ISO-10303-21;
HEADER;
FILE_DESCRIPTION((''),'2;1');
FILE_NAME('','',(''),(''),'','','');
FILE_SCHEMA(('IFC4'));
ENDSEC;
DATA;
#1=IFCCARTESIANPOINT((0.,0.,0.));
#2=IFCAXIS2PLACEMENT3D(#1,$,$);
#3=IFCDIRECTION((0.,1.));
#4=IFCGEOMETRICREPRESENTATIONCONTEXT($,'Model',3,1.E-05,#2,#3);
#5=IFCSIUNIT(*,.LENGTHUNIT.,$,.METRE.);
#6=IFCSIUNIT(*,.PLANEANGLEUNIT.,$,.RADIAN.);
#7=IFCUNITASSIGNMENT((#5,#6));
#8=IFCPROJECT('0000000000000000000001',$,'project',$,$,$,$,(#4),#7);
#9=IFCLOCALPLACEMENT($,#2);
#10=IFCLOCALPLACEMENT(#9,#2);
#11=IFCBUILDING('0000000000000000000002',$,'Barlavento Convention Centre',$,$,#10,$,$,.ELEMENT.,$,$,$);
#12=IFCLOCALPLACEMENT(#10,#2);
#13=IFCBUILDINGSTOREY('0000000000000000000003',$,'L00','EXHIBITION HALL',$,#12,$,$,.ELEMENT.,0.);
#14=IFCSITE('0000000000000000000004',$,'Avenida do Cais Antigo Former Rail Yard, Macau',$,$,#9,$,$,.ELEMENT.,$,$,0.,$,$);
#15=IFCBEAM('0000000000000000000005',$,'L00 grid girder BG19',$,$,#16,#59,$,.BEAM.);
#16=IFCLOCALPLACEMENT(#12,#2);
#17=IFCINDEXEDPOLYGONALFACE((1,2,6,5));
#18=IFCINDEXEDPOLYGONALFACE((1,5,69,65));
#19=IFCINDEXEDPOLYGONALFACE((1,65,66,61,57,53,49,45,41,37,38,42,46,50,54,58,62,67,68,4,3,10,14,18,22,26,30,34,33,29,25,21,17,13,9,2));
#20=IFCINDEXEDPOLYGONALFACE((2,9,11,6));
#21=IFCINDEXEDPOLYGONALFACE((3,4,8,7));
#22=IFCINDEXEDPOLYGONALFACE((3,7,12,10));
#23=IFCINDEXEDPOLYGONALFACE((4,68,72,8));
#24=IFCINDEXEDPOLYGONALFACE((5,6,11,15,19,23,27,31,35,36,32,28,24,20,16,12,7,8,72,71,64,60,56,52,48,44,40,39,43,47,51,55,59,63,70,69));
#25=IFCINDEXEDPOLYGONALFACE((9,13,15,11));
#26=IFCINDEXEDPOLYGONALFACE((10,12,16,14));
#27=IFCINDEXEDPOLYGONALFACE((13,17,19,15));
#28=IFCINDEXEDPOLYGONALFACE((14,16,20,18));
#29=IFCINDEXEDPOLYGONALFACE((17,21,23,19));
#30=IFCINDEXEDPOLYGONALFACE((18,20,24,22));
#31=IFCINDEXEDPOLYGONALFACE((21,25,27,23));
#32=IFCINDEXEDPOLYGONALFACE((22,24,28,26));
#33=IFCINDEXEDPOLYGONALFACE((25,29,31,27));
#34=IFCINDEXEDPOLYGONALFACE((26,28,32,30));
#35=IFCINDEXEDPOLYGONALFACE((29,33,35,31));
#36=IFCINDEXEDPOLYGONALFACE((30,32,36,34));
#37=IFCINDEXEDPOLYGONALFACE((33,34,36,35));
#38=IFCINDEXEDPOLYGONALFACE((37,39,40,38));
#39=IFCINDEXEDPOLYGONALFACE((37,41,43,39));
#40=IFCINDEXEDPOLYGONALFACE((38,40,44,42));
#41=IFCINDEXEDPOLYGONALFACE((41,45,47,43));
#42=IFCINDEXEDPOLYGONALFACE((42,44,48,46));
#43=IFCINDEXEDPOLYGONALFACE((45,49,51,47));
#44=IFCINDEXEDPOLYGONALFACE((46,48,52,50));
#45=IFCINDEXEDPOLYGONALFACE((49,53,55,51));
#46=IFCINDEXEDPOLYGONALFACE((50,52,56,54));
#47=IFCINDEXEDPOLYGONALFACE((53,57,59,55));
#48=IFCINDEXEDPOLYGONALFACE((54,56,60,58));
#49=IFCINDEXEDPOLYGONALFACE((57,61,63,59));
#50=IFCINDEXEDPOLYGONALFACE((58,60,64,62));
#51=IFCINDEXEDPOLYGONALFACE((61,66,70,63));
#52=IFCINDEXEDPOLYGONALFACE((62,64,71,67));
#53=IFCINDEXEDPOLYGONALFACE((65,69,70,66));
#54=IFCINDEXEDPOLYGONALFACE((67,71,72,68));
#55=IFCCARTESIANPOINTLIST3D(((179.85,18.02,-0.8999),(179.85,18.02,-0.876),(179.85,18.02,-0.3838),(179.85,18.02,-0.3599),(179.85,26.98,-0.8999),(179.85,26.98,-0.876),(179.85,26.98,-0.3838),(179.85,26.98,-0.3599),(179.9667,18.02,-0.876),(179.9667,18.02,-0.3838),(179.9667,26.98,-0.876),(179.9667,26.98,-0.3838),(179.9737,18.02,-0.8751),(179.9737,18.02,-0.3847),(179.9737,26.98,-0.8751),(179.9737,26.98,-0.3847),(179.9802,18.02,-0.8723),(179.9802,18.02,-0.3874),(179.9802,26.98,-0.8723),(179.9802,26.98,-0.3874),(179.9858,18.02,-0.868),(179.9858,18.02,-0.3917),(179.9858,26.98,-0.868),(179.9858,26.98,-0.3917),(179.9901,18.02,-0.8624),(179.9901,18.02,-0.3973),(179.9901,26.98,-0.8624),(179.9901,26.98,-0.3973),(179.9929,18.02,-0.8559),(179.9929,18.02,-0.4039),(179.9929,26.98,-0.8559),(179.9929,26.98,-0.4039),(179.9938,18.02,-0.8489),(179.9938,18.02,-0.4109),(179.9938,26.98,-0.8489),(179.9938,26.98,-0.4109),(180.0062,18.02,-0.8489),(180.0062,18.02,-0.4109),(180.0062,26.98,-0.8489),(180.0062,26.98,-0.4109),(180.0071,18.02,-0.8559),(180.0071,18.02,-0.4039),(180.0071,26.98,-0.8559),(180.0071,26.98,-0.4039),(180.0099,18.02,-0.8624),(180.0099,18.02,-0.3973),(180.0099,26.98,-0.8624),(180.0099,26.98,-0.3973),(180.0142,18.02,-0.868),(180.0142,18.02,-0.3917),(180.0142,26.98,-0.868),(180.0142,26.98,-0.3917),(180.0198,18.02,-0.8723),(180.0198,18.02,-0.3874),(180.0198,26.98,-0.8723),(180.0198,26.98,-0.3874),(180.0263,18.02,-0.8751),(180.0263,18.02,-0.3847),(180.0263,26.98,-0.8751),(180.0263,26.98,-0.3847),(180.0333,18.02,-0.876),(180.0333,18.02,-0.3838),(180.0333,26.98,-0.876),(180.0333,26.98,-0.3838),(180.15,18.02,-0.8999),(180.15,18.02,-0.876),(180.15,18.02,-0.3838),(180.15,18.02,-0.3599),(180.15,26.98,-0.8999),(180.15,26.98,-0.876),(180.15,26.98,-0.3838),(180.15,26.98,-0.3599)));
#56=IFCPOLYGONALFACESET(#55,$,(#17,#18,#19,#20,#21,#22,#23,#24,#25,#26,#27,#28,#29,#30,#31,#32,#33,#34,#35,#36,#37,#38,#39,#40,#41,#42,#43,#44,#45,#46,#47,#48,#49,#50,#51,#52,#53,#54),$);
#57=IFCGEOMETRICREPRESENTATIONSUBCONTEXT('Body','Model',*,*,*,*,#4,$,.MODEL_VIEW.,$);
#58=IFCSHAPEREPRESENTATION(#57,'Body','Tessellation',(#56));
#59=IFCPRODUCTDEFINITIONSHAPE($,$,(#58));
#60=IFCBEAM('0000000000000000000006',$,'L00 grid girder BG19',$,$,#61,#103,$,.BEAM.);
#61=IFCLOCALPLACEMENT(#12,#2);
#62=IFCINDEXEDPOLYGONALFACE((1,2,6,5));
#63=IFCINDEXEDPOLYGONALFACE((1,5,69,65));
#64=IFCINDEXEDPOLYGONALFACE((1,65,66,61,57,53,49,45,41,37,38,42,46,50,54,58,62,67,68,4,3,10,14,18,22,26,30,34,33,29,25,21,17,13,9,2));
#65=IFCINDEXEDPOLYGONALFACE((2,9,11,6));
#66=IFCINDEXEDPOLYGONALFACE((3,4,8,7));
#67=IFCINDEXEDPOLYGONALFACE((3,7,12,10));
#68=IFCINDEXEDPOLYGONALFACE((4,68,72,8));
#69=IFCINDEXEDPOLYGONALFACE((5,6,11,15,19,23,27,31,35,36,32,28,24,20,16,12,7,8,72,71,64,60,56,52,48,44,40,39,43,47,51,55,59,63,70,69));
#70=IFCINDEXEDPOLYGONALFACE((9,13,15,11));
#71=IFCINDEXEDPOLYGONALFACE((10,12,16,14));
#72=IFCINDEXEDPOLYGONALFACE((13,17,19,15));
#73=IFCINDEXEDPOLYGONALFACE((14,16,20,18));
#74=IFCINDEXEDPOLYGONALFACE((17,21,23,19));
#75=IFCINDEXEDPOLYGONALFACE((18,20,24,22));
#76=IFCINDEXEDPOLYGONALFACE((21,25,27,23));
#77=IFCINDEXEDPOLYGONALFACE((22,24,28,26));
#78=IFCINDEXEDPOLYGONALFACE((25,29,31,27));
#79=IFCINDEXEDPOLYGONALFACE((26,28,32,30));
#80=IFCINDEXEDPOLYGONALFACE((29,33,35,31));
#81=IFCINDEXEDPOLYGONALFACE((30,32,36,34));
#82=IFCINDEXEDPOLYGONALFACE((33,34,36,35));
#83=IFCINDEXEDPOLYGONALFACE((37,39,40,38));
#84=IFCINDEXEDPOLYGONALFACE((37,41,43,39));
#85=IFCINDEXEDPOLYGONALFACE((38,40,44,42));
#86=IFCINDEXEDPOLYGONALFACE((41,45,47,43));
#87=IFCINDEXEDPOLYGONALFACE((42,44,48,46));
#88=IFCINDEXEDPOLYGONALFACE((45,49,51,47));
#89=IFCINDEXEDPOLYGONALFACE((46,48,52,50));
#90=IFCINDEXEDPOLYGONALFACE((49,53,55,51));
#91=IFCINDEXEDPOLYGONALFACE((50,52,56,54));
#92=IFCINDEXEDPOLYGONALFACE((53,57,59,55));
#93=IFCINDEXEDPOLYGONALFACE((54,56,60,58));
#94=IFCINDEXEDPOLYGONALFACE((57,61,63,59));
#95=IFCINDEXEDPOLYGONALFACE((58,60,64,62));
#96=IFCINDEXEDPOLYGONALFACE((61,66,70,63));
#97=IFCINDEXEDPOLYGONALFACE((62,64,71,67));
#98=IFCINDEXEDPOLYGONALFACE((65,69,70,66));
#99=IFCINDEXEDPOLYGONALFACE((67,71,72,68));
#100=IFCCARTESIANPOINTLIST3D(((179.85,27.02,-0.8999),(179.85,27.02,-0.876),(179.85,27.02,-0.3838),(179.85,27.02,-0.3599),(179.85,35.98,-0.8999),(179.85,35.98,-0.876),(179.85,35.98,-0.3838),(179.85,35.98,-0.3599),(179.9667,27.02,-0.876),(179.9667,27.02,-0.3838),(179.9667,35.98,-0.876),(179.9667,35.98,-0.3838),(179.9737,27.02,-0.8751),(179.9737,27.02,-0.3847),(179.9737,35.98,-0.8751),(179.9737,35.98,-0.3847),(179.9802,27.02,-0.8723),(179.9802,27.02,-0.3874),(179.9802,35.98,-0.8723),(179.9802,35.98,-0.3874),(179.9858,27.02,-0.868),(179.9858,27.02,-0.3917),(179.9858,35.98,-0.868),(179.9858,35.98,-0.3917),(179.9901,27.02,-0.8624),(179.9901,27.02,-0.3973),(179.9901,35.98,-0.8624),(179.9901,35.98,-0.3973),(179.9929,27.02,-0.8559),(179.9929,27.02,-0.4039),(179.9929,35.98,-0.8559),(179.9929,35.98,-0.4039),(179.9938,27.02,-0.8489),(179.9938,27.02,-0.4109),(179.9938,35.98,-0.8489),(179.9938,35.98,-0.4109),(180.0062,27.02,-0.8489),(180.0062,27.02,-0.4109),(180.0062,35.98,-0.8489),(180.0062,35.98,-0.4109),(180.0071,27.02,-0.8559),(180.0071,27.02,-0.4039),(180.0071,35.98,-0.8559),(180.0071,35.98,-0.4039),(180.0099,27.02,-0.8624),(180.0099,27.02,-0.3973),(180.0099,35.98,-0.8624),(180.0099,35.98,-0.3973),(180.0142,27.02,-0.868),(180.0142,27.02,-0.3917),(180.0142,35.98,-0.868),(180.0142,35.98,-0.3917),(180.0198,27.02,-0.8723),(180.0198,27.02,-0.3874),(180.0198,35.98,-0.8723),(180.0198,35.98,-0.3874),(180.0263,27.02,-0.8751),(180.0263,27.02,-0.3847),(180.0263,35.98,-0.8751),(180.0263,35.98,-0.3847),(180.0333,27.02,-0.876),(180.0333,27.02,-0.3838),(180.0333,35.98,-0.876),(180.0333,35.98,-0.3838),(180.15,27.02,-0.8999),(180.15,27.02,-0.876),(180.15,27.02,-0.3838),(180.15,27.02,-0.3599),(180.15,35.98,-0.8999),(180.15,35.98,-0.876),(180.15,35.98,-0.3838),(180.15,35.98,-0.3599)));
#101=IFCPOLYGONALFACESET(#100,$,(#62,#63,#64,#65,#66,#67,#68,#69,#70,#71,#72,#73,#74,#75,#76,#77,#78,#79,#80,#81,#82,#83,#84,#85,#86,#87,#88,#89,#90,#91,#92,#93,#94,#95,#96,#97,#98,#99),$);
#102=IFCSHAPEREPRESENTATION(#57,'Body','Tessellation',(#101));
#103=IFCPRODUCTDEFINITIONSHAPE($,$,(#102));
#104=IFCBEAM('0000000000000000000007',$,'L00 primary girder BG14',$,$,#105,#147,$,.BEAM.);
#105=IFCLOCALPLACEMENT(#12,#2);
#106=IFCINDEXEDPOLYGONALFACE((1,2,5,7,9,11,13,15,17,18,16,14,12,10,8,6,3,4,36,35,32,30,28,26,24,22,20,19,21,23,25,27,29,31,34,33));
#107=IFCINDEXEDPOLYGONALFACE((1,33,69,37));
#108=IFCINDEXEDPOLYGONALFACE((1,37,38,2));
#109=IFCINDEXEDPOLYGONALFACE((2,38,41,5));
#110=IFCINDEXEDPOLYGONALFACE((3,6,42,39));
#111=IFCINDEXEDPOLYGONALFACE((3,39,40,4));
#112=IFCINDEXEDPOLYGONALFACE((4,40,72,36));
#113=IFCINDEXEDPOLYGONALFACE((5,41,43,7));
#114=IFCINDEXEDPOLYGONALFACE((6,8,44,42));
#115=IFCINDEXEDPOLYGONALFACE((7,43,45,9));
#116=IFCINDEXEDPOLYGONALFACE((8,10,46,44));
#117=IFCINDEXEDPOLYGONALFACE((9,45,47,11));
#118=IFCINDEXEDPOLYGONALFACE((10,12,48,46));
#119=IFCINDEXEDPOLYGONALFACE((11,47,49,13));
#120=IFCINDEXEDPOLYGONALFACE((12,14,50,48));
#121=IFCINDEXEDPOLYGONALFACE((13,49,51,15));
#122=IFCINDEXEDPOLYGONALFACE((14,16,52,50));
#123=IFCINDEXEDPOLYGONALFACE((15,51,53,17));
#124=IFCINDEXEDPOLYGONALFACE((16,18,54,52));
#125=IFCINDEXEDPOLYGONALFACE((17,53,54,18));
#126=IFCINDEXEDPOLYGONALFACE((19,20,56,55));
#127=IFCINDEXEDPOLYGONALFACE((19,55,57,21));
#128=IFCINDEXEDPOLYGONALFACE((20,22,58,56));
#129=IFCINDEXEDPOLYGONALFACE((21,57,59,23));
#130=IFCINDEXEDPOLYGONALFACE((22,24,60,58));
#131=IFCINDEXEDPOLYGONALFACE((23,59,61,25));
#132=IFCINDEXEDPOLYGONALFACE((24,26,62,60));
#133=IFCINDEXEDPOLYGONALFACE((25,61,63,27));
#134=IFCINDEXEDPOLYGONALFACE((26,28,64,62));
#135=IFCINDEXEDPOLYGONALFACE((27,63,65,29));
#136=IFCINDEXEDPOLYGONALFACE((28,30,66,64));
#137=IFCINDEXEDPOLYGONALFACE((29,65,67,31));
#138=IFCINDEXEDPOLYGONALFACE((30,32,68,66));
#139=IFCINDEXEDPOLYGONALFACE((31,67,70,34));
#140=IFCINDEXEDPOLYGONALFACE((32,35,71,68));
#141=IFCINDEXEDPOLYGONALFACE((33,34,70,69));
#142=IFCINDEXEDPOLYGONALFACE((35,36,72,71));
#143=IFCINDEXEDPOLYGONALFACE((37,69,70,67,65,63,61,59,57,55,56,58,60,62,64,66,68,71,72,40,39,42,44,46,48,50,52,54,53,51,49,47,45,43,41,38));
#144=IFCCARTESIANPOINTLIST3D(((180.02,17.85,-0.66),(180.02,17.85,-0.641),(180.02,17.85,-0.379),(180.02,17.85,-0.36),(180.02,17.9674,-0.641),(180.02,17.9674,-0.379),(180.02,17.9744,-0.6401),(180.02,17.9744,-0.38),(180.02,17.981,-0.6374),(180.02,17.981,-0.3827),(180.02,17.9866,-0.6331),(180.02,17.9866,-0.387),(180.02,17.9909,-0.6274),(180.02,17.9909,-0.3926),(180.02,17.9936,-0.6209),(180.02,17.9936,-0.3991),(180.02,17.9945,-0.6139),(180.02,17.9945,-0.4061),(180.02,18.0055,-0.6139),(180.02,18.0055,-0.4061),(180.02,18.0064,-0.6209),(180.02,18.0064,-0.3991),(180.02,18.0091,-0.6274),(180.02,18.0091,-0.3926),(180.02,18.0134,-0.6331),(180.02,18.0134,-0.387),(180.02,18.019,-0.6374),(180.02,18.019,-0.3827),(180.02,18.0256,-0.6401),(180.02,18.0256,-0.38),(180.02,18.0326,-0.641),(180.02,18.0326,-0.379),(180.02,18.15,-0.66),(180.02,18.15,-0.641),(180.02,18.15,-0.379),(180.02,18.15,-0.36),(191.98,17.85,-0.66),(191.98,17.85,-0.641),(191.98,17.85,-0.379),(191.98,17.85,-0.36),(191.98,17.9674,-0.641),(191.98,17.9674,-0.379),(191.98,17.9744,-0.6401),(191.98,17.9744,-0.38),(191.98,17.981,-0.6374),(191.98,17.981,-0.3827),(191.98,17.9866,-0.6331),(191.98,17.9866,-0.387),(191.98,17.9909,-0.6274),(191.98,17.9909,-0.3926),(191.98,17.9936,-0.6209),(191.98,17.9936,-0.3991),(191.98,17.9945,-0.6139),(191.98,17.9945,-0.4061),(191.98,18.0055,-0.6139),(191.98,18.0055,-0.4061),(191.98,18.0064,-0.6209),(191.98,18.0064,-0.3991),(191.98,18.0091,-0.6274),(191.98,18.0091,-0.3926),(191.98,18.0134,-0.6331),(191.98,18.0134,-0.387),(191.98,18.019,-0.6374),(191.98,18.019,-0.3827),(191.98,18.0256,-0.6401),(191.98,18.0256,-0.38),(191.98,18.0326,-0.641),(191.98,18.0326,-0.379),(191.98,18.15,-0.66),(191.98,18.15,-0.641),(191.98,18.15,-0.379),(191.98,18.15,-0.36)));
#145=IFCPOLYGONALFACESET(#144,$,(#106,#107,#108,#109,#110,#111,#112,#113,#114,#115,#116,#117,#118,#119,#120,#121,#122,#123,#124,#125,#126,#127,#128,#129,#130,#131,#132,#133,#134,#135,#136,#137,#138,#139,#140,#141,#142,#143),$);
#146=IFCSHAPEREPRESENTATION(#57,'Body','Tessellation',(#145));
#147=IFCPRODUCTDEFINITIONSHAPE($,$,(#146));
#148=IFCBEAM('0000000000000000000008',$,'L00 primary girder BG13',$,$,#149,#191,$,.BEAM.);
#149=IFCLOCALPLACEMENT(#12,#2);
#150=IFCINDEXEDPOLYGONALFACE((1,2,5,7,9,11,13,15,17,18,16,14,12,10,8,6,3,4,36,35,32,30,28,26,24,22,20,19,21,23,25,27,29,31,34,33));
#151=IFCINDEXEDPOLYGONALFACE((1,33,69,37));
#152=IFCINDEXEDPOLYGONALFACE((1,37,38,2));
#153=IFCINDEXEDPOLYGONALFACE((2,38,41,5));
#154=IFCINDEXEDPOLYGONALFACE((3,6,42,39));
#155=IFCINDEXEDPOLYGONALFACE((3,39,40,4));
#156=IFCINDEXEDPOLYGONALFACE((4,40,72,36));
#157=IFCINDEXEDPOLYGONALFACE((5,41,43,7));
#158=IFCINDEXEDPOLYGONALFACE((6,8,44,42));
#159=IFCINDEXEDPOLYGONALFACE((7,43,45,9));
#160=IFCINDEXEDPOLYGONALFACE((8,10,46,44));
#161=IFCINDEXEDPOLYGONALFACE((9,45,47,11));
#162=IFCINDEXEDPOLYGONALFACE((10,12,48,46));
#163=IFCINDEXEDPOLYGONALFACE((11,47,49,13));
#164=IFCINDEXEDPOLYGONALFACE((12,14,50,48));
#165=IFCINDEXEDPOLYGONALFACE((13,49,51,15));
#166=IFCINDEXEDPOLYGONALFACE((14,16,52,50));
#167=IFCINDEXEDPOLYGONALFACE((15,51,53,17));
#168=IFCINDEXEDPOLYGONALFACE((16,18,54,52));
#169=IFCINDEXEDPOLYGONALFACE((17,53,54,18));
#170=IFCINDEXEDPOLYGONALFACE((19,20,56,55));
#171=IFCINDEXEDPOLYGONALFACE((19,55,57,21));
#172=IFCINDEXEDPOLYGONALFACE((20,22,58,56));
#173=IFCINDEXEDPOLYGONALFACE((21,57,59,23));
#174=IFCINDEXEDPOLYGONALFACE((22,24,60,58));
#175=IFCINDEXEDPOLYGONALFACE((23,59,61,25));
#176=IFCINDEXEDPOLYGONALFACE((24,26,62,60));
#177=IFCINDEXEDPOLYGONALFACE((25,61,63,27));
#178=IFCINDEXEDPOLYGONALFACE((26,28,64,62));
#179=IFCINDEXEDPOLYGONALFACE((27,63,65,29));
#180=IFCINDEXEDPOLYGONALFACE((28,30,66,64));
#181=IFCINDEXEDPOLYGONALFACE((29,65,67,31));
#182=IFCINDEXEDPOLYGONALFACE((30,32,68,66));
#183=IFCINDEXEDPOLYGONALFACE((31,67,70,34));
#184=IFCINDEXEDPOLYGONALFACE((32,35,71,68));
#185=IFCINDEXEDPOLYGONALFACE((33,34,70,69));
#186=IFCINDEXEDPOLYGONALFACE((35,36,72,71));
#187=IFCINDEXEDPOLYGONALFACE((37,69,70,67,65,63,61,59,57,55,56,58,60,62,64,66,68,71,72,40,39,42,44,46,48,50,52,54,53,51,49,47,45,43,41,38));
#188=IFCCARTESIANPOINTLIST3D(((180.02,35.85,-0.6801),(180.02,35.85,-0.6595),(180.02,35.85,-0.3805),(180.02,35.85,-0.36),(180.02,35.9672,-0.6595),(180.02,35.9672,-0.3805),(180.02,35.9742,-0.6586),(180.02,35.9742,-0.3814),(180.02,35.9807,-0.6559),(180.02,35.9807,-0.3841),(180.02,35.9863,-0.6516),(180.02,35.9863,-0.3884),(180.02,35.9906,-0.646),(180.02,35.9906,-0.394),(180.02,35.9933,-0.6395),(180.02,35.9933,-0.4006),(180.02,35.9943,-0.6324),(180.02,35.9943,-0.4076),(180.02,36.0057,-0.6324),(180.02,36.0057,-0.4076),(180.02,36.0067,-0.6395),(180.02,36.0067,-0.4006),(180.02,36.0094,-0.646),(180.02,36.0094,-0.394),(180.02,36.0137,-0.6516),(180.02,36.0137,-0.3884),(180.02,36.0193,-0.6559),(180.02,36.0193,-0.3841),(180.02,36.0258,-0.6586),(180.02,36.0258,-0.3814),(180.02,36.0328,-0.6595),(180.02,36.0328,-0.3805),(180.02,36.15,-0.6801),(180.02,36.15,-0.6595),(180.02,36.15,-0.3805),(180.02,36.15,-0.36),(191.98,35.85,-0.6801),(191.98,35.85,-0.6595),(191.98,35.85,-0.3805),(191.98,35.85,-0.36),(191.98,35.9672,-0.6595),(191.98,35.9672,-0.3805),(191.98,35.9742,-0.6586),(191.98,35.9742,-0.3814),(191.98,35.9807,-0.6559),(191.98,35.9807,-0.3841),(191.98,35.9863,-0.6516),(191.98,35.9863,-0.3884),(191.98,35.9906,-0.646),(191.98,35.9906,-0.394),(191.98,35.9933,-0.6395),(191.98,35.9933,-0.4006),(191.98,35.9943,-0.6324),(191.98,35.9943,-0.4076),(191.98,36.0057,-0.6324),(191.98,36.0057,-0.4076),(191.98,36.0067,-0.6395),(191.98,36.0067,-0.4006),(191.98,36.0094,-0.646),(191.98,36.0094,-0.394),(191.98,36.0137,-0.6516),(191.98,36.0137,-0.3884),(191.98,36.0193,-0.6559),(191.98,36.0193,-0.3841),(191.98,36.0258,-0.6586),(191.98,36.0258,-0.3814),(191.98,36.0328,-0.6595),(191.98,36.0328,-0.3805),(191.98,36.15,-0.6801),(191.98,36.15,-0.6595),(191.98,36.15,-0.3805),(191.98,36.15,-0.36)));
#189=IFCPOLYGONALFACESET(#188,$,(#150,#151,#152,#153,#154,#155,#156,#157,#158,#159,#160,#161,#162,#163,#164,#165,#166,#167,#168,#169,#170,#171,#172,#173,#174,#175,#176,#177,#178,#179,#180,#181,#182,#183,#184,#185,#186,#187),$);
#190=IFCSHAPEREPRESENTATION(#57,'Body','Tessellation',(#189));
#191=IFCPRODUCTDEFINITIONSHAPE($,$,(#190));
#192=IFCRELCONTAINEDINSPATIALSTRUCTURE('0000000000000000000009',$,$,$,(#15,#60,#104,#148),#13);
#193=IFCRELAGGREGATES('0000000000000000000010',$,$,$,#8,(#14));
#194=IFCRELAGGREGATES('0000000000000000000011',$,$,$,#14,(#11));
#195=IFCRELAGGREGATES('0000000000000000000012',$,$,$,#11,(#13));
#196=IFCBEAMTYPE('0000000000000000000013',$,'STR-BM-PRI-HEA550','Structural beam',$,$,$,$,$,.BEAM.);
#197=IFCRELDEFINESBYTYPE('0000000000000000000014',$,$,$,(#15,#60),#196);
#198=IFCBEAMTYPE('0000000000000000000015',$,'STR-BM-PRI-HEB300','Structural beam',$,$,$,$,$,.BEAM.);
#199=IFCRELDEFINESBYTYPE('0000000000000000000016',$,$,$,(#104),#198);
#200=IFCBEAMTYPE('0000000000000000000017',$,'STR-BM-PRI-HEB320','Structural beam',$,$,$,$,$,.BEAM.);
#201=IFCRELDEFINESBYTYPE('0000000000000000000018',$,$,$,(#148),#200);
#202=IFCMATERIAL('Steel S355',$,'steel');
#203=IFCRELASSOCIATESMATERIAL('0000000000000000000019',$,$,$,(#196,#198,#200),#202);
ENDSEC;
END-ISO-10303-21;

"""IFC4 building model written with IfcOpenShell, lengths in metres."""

from ifc_helpers import new_model, si_unit, direction, frame, origin, origin_2d, place, context, subcontext, project, spatial, i_section, extrude, material, material_profile, profile_set, type_object, element, save


model = new_model("IFC4")

# Units and contexts
model_context = context("Model", 3, precision=1e-05, world=origin(), true_north=direction((0.0, 1.0)))
body_context = subcontext(model_context, "Body", "Model", "MODEL_VIEW")
ifc_project = project(units=[si_unit("LENGTHUNIT", "METRE"), si_unit("PLANEANGLEUNIT", "RADIAN")], contexts=[model_context])

# Site, building, storey
site_placement = place(None, origin())
site = spatial("IfcSite", under=ifc_project, at=site_placement, Name="Avenida do Cais Antigo Former Rail Yard, Macau", CompositionType="ELEMENT", RefElevation=0.0)
building_placement = place(site_placement, origin())
building = spatial("IfcBuilding", under=site, at=building_placement, Name="Barlavento Convention Centre", CompositionType="ELEMENT")
storey_placement = place(building_placement, origin())
storey = spatial("IfcBuildingStorey", under=building, at=storey_placement, Name="L00", Description="EXHIBITION HALL", CompositionType="ELEMENT", Elevation=0.0)

# Beams
ifc_material_1 = material(Name="Steel S355", Category="steel")
ifc_material_profile_1 = material_profile(ifc_material_1, i_section(OverallWidth=0.3, OverallDepth=0.54, WebThickness=0.0125, FlangeThickness=0.0239, FilletRadius=0.0271, at=origin_2d()), Name="HEA 550")
ifc_profile_set_1 = profile_set([ifc_material_profile_1], Name="Steel S355")
beam_type_1 = type_object("IfcBeamType", Name="STR-BM-PRI-HEA550", Description="Structural beam", PredefinedType="BEAM", material=ifc_profile_set_1)
for number, where, z_axis, x_axis, name in (
    (1, (180.0, 18.02, -0.6299), (0.0, 1.0, 0.0), (-1.0, 0.0, 0.0), "L00 grid girder BG19"),
    (2, (180.0, 27.02, -0.6299), (0.0, 1.0, 0.0), (-1.0, 0.0, 0.0), "L00 grid girder BG19"),
):
    element("IfcBeam", number, at=place(storey_placement, frame(where, z_axis=z_axis, x_axis=x_axis)), inside=storey, type_object=beam_type_1, Name=name, PredefinedType="BEAM", context=body_context, shape_type="SweptSolid", body=[
        extrude(i_section(OverallWidth=0.3, OverallDepth=0.54, WebThickness=0.0125, FlangeThickness=0.0239, FilletRadius=0.0271, at=origin_2d()), origin(), (0.0, 0.0, 1.0), 8.96),
    ])
ifc_material_profile_2 = material_profile(ifc_material_1, i_section(OverallWidth=0.3, OverallDepth=0.3, WebThickness=0.011, FlangeThickness=0.019, FilletRadius=0.0271, at=origin_2d()), Name="HEB 300")
ifc_profile_set_2 = profile_set([ifc_material_profile_2], Name="Steel S355")
beam_type_2 = type_object("IfcBeamType", Name="STR-BM-PRI-HEB300", Description="Structural beam", PredefinedType="BEAM", material=ifc_profile_set_2)
beam_1_placement = place(storey_placement, frame((180.02, 18.0, -0.51), z_axis=(1.0, 0.0, 0.0), x_axis=(0.0, 1.0, 0.0)))
element("IfcBeam", 3, at=beam_1_placement, inside=storey, type_object=beam_type_2, Name="L00 primary girder BG14", PredefinedType="BEAM", context=body_context, shape_type="SweptSolid", body=[
    extrude(i_section(OverallWidth=0.3, OverallDepth=0.3, WebThickness=0.011, FlangeThickness=0.019, FilletRadius=0.0271, at=origin_2d()), origin(), (0.0, 0.0, 1.0), 11.96),
])
ifc_material_profile_3 = material_profile(ifc_material_1, i_section(OverallWidth=0.3, OverallDepth=0.3201, WebThickness=0.0115, FlangeThickness=0.0205, FilletRadius=0.0271, at=origin_2d()), Name="HEB 320")
ifc_profile_set_3 = profile_set([ifc_material_profile_3], Name="Steel S355")
beam_type_3 = type_object("IfcBeamType", Name="STR-BM-PRI-HEB320", Description="Structural beam", PredefinedType="BEAM", material=ifc_profile_set_3)
beam_2_placement = place(storey_placement, frame((180.02, 36.0, -0.52), z_axis=(1.0, 0.0, 0.0), x_axis=(0.0, 1.0, 0.0)))
element("IfcBeam", 4, at=beam_2_placement, inside=storey, type_object=beam_type_3, Name="L00 primary girder BG13", PredefinedType="BEAM", context=body_context, shape_type="SweptSolid", body=[
    extrude(i_section(OverallWidth=0.3, OverallDepth=0.3201, WebThickness=0.0115, FlangeThickness=0.0205, FilletRadius=0.0271, at=origin_2d()), origin(), (0.0, 0.0, 1.0), 11.96),
])

save(model, "model.ifc")
